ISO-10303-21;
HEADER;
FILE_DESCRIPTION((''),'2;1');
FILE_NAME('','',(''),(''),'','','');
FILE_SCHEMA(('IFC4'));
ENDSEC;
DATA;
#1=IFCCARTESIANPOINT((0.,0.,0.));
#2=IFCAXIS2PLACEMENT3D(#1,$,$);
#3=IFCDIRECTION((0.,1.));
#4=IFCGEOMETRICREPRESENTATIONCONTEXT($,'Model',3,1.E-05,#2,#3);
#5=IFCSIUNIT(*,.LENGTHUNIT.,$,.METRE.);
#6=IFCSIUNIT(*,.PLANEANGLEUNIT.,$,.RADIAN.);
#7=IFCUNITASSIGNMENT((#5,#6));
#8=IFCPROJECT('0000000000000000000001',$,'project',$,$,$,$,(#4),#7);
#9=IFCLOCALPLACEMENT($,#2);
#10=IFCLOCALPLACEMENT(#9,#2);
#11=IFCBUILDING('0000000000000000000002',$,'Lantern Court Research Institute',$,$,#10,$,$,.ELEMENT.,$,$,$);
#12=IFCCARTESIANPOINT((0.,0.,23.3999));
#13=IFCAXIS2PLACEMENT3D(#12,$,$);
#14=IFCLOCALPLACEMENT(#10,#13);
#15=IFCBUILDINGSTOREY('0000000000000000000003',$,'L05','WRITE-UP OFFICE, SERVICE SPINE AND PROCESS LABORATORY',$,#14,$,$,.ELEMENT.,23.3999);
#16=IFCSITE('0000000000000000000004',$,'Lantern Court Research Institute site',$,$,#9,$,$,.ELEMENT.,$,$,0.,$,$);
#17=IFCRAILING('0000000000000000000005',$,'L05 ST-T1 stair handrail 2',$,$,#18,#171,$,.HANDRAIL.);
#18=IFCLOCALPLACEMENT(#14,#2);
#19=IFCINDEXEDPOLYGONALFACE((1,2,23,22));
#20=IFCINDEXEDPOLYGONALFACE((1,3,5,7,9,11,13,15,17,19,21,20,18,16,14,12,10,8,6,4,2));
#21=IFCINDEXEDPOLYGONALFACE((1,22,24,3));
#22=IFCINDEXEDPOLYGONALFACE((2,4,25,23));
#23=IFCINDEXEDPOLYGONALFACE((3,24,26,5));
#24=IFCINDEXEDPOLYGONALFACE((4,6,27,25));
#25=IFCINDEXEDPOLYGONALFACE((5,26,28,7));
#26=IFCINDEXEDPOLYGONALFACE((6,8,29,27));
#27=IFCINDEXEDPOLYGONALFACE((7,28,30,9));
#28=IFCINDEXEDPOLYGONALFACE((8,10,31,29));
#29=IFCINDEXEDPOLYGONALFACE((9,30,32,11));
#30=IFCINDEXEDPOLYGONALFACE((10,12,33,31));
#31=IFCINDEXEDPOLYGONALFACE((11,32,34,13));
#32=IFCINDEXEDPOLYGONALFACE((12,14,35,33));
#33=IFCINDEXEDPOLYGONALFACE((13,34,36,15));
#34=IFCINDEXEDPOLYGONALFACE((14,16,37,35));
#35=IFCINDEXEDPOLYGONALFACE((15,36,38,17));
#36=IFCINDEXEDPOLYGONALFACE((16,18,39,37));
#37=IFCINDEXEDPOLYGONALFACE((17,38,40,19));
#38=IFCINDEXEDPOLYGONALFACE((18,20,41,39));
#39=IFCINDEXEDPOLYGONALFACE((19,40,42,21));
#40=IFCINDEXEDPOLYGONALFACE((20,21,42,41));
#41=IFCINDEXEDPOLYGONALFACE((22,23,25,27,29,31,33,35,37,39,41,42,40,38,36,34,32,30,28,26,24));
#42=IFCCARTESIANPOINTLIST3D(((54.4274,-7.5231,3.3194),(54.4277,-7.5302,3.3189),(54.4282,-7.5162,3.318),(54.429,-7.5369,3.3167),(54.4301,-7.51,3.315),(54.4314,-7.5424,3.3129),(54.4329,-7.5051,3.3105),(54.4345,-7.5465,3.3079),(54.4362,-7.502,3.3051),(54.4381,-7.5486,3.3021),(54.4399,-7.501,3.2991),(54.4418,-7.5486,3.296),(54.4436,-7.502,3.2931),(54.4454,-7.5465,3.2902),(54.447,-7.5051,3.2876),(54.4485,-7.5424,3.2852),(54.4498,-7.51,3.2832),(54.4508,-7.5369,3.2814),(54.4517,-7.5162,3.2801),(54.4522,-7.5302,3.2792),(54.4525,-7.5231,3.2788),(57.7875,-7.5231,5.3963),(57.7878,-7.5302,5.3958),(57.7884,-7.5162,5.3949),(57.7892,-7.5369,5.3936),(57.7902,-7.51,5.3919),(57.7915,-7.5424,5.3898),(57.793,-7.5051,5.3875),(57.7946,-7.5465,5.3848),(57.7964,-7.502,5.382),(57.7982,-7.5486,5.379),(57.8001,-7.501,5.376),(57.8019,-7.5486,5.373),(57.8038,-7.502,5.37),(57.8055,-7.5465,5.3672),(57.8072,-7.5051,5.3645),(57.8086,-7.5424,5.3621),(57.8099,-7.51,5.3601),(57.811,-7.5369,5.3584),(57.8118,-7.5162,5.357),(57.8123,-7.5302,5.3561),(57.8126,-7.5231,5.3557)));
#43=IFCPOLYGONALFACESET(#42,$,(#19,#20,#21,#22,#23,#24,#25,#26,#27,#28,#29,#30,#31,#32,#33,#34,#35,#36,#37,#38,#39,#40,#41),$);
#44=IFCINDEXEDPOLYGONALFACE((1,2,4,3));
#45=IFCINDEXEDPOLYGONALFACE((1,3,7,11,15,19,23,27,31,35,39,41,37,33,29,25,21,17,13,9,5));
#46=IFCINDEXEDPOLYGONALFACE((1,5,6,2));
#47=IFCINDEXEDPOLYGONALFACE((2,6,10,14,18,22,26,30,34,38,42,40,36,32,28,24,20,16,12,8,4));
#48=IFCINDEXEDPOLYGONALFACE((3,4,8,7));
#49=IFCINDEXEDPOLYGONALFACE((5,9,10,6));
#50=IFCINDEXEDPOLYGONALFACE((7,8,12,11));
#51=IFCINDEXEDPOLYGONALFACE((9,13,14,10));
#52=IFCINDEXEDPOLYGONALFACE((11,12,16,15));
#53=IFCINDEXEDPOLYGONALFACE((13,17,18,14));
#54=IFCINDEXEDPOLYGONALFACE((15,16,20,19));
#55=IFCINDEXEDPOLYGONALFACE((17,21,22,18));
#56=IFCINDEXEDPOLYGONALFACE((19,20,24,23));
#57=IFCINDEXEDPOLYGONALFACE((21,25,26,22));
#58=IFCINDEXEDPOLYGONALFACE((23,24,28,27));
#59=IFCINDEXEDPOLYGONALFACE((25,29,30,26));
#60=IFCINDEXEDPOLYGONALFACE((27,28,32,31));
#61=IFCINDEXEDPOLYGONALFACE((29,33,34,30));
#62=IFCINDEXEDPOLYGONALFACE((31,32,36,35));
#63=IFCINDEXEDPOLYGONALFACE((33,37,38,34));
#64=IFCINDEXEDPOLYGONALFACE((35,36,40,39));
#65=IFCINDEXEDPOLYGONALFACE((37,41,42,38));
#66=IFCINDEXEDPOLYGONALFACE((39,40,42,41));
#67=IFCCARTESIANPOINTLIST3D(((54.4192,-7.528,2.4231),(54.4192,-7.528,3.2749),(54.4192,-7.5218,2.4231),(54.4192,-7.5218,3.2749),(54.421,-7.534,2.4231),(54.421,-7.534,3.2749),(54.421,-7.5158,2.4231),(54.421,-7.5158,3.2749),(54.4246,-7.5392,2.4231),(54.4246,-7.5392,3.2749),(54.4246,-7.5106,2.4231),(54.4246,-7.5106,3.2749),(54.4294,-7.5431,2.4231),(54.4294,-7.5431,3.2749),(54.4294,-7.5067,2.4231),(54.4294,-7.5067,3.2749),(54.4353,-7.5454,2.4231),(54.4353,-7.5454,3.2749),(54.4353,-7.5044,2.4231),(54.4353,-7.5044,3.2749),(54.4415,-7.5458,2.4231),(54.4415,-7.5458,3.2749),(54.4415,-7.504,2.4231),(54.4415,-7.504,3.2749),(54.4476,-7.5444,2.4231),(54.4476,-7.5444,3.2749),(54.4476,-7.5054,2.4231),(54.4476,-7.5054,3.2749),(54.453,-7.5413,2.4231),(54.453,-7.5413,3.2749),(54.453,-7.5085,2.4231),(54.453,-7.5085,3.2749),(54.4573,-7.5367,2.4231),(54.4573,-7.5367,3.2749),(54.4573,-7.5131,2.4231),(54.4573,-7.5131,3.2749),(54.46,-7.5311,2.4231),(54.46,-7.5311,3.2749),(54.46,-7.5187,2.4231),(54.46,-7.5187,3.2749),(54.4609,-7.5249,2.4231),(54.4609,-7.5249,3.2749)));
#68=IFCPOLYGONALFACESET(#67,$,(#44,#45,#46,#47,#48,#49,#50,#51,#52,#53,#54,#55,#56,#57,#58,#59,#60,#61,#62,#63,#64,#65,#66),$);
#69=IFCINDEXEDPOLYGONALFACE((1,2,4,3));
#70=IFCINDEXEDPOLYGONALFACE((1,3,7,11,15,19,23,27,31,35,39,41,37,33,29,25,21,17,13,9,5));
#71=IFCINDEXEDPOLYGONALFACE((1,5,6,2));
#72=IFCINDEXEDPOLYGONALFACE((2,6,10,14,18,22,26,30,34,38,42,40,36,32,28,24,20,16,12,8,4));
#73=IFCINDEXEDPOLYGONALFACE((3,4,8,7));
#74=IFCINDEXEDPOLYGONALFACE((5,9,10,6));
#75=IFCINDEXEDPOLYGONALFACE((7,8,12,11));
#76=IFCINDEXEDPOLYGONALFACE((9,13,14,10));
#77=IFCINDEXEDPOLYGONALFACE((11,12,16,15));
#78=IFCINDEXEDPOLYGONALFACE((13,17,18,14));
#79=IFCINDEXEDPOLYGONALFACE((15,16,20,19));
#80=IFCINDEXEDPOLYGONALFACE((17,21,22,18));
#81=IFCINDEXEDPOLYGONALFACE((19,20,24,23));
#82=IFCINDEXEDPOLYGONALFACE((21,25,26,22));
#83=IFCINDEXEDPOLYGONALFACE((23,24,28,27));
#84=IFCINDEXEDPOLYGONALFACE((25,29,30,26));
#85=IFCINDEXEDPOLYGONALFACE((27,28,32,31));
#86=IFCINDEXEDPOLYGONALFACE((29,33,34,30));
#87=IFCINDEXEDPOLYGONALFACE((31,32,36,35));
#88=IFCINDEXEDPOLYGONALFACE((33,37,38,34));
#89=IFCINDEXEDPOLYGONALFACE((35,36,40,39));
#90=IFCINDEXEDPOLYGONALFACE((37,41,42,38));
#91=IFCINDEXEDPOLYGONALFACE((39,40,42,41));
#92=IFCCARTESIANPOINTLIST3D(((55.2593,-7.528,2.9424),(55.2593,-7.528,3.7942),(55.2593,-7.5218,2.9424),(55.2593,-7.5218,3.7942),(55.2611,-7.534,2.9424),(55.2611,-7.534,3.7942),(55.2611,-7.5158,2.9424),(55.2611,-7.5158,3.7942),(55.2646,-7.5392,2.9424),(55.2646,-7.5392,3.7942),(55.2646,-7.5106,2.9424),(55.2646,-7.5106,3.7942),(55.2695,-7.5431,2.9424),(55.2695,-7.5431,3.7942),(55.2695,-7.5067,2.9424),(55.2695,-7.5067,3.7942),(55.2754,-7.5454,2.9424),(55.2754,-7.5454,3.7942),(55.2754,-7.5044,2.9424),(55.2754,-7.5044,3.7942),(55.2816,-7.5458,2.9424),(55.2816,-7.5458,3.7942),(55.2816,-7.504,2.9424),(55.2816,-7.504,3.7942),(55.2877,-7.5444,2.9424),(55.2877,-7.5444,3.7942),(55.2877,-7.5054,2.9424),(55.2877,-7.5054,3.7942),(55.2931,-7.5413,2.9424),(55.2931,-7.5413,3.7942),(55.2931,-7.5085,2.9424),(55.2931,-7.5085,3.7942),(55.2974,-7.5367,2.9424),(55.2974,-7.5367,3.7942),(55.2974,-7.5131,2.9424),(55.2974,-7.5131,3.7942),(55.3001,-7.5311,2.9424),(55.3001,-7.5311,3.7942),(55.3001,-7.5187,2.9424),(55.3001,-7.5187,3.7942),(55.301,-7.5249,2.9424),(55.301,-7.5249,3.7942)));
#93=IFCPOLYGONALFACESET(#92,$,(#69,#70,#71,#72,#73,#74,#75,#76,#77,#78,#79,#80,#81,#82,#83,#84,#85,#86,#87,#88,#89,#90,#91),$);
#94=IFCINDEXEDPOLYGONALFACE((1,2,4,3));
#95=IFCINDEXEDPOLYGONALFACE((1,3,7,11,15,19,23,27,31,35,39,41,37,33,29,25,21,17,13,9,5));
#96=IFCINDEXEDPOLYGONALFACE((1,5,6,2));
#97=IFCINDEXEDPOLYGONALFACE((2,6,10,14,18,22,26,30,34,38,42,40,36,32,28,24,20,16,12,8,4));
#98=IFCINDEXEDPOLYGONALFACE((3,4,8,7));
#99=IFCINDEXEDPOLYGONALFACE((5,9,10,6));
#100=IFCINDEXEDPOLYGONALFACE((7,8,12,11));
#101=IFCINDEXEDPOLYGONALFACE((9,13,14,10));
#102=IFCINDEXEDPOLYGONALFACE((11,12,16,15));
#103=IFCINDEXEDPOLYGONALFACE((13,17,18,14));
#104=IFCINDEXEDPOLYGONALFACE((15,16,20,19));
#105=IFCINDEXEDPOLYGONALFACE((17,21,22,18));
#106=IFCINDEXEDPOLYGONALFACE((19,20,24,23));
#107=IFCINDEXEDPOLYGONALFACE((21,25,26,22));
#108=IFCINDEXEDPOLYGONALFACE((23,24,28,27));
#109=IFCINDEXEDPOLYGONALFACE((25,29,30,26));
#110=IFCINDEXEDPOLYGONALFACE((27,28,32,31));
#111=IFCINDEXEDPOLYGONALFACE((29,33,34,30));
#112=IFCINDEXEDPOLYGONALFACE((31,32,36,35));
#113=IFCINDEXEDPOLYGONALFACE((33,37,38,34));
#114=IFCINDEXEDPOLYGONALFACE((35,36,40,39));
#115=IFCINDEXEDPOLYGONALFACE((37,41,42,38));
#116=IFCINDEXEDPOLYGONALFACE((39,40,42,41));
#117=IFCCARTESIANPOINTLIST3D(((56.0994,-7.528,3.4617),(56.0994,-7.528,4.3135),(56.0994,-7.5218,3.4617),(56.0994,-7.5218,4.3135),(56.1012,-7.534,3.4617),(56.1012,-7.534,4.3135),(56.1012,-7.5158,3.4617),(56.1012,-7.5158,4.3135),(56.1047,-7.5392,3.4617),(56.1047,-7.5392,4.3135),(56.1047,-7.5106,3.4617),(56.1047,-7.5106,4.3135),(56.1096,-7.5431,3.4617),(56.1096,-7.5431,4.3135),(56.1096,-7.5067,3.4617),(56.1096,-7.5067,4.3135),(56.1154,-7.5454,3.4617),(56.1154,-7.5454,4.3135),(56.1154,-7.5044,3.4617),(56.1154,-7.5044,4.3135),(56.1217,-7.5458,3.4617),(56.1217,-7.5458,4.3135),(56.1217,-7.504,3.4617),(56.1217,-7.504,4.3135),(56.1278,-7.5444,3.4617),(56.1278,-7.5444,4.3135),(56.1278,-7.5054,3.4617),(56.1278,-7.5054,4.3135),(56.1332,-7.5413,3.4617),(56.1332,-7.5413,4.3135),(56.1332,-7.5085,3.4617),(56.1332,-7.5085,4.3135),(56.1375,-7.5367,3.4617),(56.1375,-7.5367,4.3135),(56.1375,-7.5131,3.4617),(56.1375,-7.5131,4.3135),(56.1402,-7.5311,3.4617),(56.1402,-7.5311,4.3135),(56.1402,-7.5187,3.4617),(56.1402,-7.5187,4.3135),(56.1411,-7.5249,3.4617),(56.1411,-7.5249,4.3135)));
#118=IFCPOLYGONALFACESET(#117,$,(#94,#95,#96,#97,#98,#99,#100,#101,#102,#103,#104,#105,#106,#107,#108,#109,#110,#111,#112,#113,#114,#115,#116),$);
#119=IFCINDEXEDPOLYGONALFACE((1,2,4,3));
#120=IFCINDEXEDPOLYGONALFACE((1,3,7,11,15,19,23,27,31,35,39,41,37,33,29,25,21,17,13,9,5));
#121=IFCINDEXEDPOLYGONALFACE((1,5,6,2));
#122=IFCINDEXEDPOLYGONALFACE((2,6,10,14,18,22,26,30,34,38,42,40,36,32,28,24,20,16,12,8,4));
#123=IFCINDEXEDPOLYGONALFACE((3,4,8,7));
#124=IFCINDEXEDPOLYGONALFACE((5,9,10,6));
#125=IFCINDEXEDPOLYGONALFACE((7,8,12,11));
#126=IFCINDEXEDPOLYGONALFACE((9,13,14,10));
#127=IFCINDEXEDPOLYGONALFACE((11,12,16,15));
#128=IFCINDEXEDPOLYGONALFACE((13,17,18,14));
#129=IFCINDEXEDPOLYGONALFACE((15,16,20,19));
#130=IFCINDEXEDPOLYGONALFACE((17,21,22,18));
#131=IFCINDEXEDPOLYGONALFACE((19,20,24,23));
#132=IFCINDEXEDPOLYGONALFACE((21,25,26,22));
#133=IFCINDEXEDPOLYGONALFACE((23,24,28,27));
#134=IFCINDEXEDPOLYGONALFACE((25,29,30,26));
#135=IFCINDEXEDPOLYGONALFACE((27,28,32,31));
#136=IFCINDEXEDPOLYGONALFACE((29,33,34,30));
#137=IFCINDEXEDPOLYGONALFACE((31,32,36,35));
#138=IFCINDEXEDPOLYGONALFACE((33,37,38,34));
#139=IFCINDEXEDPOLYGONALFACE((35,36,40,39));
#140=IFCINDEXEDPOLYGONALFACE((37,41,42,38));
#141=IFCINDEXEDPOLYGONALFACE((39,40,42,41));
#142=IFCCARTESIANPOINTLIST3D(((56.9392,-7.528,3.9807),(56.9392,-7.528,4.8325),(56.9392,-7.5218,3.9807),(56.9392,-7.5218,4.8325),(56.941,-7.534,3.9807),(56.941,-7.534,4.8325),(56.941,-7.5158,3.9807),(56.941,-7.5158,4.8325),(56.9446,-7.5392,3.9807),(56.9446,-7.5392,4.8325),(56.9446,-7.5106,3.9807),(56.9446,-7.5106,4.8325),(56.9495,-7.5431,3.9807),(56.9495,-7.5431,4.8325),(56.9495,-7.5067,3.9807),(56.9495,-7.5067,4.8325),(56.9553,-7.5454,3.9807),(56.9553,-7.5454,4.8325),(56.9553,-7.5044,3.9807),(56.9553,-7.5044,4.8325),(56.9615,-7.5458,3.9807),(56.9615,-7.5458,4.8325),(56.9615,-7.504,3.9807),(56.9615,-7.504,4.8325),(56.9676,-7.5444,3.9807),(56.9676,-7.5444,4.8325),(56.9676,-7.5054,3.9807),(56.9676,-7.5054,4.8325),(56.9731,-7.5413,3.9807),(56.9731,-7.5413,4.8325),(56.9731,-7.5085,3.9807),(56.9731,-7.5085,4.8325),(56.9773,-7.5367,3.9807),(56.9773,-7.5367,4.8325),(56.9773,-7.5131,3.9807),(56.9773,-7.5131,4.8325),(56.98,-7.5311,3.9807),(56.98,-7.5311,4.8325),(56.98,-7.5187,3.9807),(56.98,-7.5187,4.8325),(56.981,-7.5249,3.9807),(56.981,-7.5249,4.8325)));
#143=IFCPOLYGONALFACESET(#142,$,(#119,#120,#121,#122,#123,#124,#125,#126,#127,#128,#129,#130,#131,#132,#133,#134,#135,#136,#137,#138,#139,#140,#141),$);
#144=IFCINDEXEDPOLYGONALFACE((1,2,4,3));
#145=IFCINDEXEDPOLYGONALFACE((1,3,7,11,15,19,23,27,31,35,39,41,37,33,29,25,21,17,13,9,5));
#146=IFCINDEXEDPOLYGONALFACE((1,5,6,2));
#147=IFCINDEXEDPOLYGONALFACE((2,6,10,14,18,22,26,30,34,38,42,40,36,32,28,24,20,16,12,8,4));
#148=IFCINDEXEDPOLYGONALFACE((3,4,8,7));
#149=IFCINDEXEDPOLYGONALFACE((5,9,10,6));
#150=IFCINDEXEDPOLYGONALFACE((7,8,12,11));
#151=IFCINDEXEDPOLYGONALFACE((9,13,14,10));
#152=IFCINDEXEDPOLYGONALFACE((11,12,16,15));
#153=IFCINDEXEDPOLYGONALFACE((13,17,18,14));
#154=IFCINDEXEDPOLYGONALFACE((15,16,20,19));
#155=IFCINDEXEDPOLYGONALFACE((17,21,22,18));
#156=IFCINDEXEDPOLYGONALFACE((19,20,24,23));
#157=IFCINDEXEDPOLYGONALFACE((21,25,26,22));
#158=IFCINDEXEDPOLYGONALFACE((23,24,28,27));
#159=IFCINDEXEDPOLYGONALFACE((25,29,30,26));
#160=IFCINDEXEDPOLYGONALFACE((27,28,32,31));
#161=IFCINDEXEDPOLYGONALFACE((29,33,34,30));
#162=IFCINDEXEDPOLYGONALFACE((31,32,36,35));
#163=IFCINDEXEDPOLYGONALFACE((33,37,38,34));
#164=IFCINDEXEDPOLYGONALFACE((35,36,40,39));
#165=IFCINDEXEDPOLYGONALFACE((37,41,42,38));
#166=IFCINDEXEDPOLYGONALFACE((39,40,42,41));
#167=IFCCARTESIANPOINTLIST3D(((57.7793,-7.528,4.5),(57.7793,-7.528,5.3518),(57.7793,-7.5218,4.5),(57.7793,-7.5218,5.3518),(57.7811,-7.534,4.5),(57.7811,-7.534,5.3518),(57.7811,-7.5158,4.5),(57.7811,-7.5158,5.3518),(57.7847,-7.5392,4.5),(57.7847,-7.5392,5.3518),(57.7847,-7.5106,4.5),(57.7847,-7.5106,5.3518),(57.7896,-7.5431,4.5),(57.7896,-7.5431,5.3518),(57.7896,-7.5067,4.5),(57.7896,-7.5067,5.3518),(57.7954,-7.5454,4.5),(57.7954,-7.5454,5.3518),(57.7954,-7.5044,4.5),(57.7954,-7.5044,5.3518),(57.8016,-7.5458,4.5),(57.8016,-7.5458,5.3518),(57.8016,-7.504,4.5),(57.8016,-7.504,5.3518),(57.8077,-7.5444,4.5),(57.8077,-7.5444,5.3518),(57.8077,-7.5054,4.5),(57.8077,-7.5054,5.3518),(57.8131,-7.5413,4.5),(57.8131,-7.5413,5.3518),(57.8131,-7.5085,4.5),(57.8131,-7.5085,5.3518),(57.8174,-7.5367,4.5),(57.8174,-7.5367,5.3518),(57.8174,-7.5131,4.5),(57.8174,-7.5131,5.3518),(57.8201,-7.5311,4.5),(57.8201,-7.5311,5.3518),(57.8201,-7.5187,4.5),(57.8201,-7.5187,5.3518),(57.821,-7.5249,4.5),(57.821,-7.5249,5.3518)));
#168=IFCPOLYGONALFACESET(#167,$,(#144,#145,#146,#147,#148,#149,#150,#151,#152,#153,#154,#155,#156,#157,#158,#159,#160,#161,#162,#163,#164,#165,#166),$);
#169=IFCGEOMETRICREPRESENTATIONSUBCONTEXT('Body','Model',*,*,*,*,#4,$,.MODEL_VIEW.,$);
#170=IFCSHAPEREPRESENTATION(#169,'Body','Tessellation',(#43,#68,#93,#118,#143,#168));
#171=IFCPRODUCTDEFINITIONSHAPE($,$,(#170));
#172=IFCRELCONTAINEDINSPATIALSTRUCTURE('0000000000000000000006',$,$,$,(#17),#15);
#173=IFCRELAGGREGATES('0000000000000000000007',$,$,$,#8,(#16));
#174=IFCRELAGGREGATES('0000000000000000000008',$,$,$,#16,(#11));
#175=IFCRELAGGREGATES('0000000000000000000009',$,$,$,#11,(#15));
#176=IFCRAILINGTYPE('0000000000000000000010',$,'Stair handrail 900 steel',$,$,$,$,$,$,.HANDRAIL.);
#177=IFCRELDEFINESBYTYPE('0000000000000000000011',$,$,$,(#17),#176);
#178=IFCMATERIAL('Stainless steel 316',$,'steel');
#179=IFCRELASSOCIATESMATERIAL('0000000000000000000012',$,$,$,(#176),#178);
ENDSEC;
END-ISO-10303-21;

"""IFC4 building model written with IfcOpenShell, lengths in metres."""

from ifc_helpers import new_model, si_unit, direction, frame, origin, origin_2d, place, context, subcontext, project, spatial, circle, extrude, material, type_object, element, save


model = new_model("IFC4")

# Units and contexts
model_context = context("Model", 3, precision=1e-05, world=origin(), true_north=direction((0.0, 1.0)))
body_context = subcontext(model_context, "Body", "Model", "MODEL_VIEW")
ifc_project = project(units=[si_unit("LENGTHUNIT", "METRE"), si_unit("PLANEANGLEUNIT", "RADIAN")], contexts=[model_context])

# Site, building, storey
site_placement = place(None, origin())
site = spatial("IfcSite", under=ifc_project, at=site_placement, Name="Lantern Court Research Institute site", CompositionType="ELEMENT", RefElevation=0.0)
building_placement = place(site_placement, origin())
building = spatial("IfcBuilding", under=site, at=building_placement, Name="Lantern Court Research Institute", CompositionType="ELEMENT")
storey_placement = place(building_placement, frame((0.0, 0.0, 23.3999)))
storey = spatial("IfcBuildingStorey", under=building, at=storey_placement, Name="L05", Description="WRITE-UP OFFICE, SERVICE SPINE AND PROCESS LABORATORY", CompositionType="ELEMENT", Elevation=23.3999)

# Railing
ifc_material_1 = material(Name="Stainless steel 316", Category="steel")
railing_type_1 = type_object("IfcRailingType", Name="Stair handrail 900 steel", PredefinedType="HANDRAIL", material=ifc_material_1)
railing_1_placement = place(storey_placement, frame((54.4399, -7.5249, 2.4231)))
element("IfcRailing", 1, at=railing_1_placement, inside=storey, type_object=railing_type_1, Name="L05 ST-T1 stair handrail 2", PredefinedType="HANDRAIL", context=body_context, shape_type="SweptSolid", body=[
    extrude(circle(Radius=0.0239, at=origin_2d()), frame((0.0, 0.0, 0.876), z_axis=(0.850623, 0.0, 0.525776), x_axis=(0.0, 1.0, 0.0)), (0.0, 0.0, 1.0), 3.9502),
    extrude(circle(Radius=0.021, at=origin_2d()), origin(), (0.0, 0.0, 1.0), 0.8518),
    extrude(circle(Radius=0.021, at=origin_2d()), frame((0.8401, 0.0, 0.5193)), (0.0, 0.0, 1.0), 0.8518),
    extrude(circle(Radius=0.021, at=origin_2d()), frame((1.6802, 0.0, 1.0386)), (0.0, 0.0, 1.0), 0.8518),
    extrude(circle(Radius=0.021, at=origin_2d()), frame((2.52, 0.0, 1.5576)), (0.0, 0.0, 1.0), 0.8518),
    extrude(circle(Radius=0.021, at=origin_2d()), frame((3.3601, 0.0, 2.0769)), (0.0, 0.0, 1.0), 0.8518),
])

save(model, "model.ifc")
